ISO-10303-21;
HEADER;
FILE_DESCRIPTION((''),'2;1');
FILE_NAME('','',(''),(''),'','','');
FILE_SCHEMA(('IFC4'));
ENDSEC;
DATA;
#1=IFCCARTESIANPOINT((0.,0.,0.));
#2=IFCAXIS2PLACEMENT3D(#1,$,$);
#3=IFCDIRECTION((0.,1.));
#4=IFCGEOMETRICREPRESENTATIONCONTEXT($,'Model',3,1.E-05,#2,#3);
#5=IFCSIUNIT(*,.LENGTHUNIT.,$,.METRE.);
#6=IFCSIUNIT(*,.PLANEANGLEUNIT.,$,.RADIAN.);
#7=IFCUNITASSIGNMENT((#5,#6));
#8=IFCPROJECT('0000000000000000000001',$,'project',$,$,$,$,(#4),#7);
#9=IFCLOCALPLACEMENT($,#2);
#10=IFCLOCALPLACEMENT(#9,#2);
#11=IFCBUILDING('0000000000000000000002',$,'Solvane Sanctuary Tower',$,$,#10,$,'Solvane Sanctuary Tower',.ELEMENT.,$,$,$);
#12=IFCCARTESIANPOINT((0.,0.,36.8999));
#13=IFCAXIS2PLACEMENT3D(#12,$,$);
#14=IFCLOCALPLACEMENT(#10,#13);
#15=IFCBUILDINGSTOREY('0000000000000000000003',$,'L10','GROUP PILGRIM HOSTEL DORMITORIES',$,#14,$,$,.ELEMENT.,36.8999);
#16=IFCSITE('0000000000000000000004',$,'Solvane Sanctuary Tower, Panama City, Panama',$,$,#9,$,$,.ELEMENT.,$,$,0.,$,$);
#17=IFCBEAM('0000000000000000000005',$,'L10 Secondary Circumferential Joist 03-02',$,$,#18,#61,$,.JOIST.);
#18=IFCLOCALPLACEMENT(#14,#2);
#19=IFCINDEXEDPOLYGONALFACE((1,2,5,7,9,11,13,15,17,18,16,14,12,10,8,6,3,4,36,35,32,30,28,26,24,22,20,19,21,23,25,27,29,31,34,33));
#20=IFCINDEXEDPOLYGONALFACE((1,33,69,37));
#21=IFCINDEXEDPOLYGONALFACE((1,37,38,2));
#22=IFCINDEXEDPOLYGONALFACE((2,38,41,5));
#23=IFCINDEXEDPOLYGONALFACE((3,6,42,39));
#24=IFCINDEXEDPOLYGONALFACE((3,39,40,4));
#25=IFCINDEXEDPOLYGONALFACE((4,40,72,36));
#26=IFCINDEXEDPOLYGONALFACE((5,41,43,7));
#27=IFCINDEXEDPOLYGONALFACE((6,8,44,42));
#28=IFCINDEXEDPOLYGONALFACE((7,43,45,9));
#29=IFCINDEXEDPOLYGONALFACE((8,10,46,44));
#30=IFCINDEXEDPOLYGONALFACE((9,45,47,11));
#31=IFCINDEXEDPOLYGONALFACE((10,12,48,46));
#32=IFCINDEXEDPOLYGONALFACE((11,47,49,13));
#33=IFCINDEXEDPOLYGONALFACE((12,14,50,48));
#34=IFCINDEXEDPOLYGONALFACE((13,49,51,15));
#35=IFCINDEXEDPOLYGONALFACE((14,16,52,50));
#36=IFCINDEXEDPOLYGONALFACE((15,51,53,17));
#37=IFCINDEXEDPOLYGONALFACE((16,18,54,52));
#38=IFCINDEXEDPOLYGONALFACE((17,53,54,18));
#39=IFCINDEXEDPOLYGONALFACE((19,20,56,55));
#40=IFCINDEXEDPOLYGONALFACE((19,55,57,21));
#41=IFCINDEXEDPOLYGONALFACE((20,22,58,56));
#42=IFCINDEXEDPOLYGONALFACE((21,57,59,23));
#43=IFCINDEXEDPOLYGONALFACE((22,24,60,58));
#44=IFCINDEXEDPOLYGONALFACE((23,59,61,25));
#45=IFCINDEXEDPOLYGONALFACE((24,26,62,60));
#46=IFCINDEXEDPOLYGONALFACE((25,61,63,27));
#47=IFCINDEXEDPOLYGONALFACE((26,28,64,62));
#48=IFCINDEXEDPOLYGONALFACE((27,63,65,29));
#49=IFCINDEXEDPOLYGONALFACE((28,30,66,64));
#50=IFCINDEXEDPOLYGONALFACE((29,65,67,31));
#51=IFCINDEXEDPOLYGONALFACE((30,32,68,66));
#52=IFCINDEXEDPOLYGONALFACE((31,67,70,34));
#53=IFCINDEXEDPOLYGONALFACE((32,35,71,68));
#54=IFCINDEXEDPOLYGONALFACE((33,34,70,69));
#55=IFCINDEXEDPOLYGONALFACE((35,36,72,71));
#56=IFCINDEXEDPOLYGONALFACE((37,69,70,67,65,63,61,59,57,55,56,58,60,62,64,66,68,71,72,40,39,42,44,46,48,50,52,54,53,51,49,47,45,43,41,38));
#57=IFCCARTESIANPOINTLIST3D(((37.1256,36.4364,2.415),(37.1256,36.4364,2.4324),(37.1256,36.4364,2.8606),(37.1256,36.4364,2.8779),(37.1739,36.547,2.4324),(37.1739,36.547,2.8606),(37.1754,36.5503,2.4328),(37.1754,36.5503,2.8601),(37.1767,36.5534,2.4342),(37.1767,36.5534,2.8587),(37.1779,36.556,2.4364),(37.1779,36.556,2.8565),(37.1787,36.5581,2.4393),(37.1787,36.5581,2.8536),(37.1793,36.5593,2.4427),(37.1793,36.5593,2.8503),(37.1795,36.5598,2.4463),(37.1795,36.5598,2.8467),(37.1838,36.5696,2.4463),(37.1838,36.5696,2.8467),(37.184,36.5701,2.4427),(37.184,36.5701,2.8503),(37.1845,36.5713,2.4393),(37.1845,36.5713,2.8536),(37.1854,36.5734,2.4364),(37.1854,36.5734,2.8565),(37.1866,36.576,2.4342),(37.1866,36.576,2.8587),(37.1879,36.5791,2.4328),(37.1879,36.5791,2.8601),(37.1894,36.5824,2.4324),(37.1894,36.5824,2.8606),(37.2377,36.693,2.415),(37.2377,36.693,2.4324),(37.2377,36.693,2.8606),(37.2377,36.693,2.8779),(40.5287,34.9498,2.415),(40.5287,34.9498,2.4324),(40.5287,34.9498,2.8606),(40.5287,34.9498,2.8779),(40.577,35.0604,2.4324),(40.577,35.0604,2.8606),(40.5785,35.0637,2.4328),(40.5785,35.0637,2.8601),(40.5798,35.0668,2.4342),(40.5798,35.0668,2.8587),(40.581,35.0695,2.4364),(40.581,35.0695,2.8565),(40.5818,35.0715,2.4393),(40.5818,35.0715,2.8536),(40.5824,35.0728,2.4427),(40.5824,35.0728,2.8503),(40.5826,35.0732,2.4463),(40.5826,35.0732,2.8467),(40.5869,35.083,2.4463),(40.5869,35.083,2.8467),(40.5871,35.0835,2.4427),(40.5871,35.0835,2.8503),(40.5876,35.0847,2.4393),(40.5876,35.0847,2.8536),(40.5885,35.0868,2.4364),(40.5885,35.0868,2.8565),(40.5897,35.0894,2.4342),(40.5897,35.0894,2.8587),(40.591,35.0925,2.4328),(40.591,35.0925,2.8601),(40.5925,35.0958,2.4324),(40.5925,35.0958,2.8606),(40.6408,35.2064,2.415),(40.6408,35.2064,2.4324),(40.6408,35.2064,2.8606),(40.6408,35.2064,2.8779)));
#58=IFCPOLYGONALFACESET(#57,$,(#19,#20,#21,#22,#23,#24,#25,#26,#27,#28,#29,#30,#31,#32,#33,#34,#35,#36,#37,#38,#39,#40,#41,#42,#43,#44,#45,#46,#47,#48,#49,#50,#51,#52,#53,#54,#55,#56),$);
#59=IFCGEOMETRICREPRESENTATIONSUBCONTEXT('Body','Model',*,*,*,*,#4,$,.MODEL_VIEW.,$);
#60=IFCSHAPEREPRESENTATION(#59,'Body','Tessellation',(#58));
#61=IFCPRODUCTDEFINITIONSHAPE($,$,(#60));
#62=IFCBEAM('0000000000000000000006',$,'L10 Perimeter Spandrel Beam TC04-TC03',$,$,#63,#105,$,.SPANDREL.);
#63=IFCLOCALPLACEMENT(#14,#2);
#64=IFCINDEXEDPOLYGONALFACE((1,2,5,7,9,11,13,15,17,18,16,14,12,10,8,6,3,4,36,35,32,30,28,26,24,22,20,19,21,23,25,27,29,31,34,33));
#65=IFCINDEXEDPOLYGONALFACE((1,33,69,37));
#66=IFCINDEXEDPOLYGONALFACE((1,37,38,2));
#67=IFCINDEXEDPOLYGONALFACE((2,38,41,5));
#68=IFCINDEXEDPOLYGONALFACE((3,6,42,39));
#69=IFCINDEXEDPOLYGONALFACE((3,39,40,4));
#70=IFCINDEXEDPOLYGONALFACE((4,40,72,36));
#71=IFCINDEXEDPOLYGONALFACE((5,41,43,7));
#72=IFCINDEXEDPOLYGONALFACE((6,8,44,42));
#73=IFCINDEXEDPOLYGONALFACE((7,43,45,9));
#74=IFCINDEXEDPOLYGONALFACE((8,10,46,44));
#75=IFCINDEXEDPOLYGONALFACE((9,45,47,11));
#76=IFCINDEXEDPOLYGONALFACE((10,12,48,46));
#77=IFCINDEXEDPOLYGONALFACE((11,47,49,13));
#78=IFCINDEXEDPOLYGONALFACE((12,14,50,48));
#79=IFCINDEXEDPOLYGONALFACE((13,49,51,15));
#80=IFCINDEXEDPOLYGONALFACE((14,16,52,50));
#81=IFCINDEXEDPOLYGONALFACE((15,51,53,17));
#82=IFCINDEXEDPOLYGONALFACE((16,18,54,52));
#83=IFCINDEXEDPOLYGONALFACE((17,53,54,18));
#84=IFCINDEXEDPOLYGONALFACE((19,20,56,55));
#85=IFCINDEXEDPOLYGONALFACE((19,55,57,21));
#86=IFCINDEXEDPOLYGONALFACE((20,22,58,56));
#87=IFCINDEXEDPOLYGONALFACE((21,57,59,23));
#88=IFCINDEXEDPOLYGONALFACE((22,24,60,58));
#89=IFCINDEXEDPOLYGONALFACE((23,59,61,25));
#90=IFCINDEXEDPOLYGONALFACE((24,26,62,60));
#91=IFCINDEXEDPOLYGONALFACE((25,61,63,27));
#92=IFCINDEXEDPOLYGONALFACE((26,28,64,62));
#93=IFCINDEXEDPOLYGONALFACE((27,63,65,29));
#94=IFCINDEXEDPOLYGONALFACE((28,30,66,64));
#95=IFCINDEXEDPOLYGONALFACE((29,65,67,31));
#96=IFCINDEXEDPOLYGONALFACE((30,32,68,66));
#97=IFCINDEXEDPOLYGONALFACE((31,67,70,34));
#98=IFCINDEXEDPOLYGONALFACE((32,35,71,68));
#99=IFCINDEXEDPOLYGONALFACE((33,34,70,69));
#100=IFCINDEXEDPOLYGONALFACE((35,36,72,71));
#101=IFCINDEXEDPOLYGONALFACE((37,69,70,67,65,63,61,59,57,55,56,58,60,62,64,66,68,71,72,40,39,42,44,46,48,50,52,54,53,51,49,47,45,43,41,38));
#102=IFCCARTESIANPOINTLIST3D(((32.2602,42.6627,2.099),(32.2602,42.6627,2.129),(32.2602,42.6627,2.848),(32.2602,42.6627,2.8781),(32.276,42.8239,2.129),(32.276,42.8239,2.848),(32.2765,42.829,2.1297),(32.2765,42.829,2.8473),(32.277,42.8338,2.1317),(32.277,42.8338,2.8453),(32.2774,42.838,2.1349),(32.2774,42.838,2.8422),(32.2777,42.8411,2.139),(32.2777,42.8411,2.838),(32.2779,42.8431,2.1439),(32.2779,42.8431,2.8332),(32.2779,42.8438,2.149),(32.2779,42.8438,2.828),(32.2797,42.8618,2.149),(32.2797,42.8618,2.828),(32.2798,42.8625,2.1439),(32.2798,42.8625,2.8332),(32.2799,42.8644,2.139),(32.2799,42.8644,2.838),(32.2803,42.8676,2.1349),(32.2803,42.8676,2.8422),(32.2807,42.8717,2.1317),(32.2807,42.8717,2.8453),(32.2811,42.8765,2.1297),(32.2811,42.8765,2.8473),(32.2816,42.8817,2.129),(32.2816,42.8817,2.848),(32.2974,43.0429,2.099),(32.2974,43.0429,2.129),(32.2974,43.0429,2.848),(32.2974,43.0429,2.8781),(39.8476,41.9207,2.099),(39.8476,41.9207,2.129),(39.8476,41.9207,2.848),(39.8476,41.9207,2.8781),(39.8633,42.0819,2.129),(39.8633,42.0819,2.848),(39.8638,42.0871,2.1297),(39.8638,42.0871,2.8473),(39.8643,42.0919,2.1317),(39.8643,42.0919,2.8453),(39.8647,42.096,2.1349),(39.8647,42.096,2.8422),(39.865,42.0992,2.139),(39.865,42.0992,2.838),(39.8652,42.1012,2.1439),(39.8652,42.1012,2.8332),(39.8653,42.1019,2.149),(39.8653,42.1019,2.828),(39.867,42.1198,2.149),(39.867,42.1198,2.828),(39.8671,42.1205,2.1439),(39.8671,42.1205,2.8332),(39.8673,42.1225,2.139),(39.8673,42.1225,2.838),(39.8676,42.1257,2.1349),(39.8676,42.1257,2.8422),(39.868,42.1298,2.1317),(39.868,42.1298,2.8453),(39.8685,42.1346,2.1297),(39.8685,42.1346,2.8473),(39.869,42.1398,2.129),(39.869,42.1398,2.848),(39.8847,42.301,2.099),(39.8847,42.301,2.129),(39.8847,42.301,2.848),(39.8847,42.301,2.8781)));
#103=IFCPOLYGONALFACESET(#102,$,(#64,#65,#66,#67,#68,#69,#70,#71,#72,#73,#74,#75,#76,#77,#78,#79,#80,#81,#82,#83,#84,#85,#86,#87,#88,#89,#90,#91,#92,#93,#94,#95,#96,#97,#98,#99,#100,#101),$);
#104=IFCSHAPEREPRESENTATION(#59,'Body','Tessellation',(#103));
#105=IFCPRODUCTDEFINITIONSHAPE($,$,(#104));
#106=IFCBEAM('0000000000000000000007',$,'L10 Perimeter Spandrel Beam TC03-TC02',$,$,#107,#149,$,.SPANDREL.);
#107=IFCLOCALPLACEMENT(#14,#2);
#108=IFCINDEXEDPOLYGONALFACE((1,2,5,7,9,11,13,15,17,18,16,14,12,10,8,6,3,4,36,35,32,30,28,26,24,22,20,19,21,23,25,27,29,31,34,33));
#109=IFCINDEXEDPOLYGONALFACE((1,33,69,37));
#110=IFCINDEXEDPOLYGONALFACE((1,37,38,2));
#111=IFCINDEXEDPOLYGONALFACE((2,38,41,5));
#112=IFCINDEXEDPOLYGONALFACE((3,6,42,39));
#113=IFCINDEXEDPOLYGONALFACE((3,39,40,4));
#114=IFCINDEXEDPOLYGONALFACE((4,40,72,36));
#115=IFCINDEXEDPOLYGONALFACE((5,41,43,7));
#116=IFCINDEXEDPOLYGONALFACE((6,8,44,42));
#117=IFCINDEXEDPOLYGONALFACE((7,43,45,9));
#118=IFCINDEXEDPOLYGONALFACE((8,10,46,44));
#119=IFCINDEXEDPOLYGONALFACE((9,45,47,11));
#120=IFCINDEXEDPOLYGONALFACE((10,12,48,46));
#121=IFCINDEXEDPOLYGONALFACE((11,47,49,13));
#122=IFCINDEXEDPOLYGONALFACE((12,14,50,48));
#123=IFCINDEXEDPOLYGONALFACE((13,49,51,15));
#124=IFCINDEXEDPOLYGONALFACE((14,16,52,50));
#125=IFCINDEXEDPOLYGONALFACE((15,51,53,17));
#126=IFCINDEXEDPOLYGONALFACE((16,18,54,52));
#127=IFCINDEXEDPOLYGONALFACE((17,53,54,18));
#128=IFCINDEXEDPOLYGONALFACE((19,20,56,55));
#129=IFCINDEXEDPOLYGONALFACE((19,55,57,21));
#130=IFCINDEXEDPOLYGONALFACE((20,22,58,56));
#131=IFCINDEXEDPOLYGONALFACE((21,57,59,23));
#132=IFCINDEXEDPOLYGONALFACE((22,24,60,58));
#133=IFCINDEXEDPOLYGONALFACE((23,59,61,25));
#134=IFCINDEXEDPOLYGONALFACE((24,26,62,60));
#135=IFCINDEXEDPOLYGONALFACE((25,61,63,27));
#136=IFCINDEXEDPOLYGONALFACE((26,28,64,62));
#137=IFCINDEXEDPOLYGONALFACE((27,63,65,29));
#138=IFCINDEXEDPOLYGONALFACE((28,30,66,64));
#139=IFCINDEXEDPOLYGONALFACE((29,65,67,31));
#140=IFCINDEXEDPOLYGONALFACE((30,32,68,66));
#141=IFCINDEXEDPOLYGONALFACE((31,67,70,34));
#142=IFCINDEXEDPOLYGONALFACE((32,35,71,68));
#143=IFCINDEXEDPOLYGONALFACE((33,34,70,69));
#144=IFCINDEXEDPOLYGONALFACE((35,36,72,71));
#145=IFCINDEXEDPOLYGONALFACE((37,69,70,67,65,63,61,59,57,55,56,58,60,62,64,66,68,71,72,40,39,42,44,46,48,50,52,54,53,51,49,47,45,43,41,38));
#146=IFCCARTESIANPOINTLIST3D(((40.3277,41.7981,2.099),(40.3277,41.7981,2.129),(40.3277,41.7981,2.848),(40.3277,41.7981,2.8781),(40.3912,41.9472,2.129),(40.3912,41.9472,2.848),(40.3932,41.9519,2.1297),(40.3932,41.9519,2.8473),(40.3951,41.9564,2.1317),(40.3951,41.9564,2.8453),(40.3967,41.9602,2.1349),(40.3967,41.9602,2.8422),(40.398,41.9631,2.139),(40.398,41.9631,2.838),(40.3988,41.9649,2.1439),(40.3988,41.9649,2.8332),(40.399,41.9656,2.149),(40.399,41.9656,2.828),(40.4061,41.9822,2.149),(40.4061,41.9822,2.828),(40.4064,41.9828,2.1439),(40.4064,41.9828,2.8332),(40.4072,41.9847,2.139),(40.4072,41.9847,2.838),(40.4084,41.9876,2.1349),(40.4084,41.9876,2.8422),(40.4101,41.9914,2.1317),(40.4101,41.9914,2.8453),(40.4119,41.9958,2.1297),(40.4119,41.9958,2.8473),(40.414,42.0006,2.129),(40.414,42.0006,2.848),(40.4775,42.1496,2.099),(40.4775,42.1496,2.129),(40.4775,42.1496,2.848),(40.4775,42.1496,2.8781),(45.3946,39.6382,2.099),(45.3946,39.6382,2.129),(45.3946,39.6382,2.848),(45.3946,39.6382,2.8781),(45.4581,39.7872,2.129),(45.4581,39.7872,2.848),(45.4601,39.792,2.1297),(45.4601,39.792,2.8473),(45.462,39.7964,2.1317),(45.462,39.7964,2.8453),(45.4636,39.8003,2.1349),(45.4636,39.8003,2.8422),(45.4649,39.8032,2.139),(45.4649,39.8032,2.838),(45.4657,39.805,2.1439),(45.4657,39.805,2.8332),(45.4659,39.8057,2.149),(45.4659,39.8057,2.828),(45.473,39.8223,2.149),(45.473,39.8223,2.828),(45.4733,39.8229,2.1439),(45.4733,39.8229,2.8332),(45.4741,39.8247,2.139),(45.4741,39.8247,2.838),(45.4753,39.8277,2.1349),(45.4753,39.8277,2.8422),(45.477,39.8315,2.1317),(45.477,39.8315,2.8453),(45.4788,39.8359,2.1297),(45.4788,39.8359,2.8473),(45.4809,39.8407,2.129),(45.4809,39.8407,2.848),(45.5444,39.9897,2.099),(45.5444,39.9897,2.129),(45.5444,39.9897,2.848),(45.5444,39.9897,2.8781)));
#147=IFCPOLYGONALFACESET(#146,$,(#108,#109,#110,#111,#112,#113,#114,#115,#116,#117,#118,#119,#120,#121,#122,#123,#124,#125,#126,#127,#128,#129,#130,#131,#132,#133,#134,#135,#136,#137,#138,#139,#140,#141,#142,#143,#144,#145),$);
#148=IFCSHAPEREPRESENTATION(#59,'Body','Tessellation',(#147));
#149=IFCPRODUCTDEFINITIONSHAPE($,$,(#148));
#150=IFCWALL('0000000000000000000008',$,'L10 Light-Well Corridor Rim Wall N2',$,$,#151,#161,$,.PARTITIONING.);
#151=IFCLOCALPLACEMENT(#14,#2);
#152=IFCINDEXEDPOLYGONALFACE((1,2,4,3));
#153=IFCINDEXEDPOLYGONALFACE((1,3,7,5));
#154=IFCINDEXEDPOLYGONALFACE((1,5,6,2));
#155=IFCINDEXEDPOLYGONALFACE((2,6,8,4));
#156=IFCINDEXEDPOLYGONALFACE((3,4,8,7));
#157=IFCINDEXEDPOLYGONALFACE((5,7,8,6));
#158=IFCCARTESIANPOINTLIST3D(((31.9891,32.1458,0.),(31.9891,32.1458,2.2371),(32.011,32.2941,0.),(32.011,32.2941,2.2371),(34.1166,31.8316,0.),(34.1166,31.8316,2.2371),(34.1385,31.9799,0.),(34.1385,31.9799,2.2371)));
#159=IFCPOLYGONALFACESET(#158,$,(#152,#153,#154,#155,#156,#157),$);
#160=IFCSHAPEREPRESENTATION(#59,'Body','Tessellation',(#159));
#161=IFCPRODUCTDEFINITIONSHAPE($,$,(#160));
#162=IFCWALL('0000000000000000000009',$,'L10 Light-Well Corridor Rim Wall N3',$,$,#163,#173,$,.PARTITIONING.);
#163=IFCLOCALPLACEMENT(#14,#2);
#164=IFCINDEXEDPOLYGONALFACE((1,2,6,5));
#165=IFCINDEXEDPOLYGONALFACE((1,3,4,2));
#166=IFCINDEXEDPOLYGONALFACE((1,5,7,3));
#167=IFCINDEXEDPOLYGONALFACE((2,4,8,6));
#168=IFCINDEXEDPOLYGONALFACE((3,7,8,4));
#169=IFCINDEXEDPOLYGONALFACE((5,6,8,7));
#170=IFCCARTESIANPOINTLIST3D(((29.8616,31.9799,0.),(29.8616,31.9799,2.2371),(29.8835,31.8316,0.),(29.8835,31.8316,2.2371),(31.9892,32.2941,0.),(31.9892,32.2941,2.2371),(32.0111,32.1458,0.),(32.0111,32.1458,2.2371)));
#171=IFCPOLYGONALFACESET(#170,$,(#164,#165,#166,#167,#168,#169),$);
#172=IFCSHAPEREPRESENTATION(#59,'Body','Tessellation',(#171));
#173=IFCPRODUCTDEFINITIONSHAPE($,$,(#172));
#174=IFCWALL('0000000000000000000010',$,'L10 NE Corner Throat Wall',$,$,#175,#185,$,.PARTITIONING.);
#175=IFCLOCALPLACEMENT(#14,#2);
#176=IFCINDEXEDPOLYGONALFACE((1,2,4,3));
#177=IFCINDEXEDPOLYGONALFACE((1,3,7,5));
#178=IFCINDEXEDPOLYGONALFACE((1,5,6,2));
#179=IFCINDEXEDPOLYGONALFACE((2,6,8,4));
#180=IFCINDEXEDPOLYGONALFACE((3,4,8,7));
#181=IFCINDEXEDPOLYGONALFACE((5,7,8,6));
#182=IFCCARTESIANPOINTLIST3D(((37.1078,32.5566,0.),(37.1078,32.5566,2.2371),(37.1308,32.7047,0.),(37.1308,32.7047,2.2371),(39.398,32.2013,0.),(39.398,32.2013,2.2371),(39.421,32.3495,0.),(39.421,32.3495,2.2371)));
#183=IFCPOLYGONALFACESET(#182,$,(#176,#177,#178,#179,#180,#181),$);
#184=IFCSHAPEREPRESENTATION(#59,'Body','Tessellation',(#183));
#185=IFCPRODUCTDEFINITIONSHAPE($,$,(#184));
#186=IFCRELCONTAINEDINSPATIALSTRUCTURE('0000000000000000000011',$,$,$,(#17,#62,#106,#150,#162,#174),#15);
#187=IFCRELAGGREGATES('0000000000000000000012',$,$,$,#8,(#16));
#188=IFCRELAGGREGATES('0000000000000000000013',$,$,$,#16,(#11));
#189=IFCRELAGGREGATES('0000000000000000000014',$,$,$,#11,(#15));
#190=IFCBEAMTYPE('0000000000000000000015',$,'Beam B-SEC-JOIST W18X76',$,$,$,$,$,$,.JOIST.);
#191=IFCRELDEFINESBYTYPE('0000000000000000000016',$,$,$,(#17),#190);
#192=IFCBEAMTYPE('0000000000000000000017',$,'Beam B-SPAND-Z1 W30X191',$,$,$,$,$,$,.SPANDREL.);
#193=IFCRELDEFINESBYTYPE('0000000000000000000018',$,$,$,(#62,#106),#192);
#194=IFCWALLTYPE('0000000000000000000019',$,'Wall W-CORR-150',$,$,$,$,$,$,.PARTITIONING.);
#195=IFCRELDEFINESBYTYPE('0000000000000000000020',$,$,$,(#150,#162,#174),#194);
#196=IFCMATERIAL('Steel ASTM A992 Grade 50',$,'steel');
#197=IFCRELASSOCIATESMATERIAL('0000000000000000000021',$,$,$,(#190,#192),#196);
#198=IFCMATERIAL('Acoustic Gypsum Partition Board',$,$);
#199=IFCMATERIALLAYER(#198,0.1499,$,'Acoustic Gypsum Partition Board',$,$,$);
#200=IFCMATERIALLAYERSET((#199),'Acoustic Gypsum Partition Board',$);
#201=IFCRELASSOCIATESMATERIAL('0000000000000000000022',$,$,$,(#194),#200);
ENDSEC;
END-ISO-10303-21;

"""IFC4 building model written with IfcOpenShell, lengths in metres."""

from ifc_helpers import new_model, si_unit, direction, frame, frame_2d, origin, origin_2d, place, context, subcontext, project, spatial, rectangle, i_section, extrude, material, layer, layer_set, material_profile, profile_set, type_object, element, save


model = new_model("IFC4")

# Units and contexts
model_context = context("Model", 3, precision=1e-05, world=origin(), true_north=direction((0.0, 1.0)))
body_context = subcontext(model_context, "Body", "Model", "MODEL_VIEW")
ifc_project = project(units=[si_unit("LENGTHUNIT", "METRE"), si_unit("PLANEANGLEUNIT", "RADIAN")], contexts=[model_context])

# Site, building, storey
site_placement = place(None, origin())
site = spatial("IfcSite", under=ifc_project, at=site_placement, Name="Solvane Sanctuary Tower, Panama City, Panama", CompositionType="ELEMENT", RefElevation=0.0)
building_placement = place(site_placement, origin())
building = spatial("IfcBuilding", under=site, at=building_placement, Name="Solvane Sanctuary Tower", LongName="Solvane Sanctuary Tower", CompositionType="ELEMENT")
storey_placement = place(building_placement, frame((0.0, 0.0, 36.8999)))
storey = spatial("IfcBuildingStorey", under=building, at=storey_placement, Name="L10", Description="GROUP PILGRIM HOSTEL DORMITORIES", CompositionType="ELEMENT", Elevation=36.8999)

# Beams
ifc_material_1 = material(Name="Steel ASTM A992 Grade 50", Category="steel")
ifc_material_profile_1 = material_profile(ifc_material_1, i_section(OverallWidth=0.28, OverallDepth=0.4629, WebThickness=0.0107, FlangeThickness=0.0173, FilletRadius=0.0139, at=origin_2d()), Name="W18X76")
ifc_profile_set_1 = profile_set([ifc_material_profile_1], Name="Steel ASTM A992 Grade 50")
beam_type_1 = type_object("IfcBeamType", Name="Beam B-SEC-JOIST W18X76", PredefinedType="JOIST", material=ifc_profile_set_1)
beam_1_placement = place(storey_placement, frame((37.1816, 36.5647, 2.6465), z_axis=(0.916382, -0.400305, 0.0), x_axis=(0.400305, 0.916382, 0.0)))
element("IfcBeam", 1, at=beam_1_placement, inside=storey, type_object=beam_type_1, Name="L10 Secondary Circumferential Joist 03-02", PredefinedType="JOIST", context=body_context, shape_type="SweptSolid", body=[
    extrude(i_section(OverallWidth=0.28, OverallDepth=0.4629, WebThickness=0.0107, FlangeThickness=0.0173, FilletRadius=0.0139, at=origin_2d()), origin(), (0.0, 0.0, 1.0), 3.7136),
])
ifc_material_profile_2 = material_profile(ifc_material_1, i_section(OverallWidth=0.3821, OverallDepth=0.7791, WebThickness=0.0181, FlangeThickness=0.03, FilletRadius=0.02, at=origin_2d()), Name="W30X191")
ifc_profile_set_2 = profile_set([ifc_material_profile_2], Name="Steel ASTM A992 Grade 50")
beam_type_2 = type_object("IfcBeamType", Name="Beam B-SPAND-Z1 W30X191", PredefinedType="SPANDREL", material=ifc_profile_set_2)
beam_2_placement = place(storey_placement, frame((32.2788, 42.8528, 2.4885), z_axis=(0.995253, -0.097322, 0.0), x_axis=(0.097322, 0.995253, 0.0)))
element("IfcBeam", 2, at=beam_2_placement, inside=storey, type_object=beam_type_2, Name="L10 Perimeter Spandrel Beam TC04-TC03", PredefinedType="SPANDREL", context=body_context, shape_type="SweptSolid", body=[
    extrude(i_section(OverallWidth=0.3821, OverallDepth=0.7791, WebThickness=0.0181, FlangeThickness=0.03, FilletRadius=0.02, at=origin_2d()), origin(), (0.0, 0.0, 1.0), 7.6235),
])
beam_3_placement = place(storey_placement, frame((40.4026, 41.9739, 2.4885), z_axis=(0.919907, -0.392137, 0.0), x_axis=(0.392137, 0.919907, 0.0)))
element("IfcBeam", 3, at=beam_3_placement, inside=storey, type_object=beam_type_2, Name="L10 Perimeter Spandrel Beam TC03-TC02", PredefinedType="SPANDREL", context=body_context, shape_type="SweptSolid", body=[
    extrude(i_section(OverallWidth=0.3821, OverallDepth=0.7791, WebThickness=0.0181, FlangeThickness=0.03, FilletRadius=0.02, at=origin_2d()), origin(), (0.0, 0.0, 1.0), 5.5081),
])

# Walls
ifc_material_2 = material(Name="Acoustic Gypsum Partition Board")
ifc_layer_1 = layer(ifc_material_2, 0.1499, Name="Acoustic Gypsum Partition Board")
ifc_layer_set_1 = layer_set([ifc_layer_1], Name="Acoustic Gypsum Partition Board")
wall_type_1 = type_object("IfcWallType", Name="Wall W-CORR-150", PredefinedType="PARTITIONING", material=ifc_layer_set_1)
for number, where, z_axis, x_axis, name in (
    (4, (34.1274, 31.9058, 0.0), (0.0, 0.0, 1.0), (-0.989269, 0.146108, 0.0), "L10 Light-Well Corridor Rim Wall N2"),
    (5, (32.0, 32.22, 0.0), (0.0, 0.0, 1.0), (-0.989269, -0.146108, 0.0), "L10 Light-Well Corridor Rim Wall N3"),
):
    element("IfcWall", number, at=place(storey_placement, frame(where, z_axis=z_axis, x_axis=x_axis)), inside=storey, type_object=wall_type_1, Name=name, PredefinedType="PARTITIONING", context=body_context, shape_type="SweptSolid", body=[
        extrude(rectangle(XDim=2.1506, YDim=0.1499, at=frame_2d((1.0752, 0.0))), origin(), (0.0, 0.0, 1.0), 2.2371),
    ])
wall_1_placement = place(storey_placement, frame((37.1194, 32.6306, 0.0), z_axis=(0.0, 0.0, 1.0), x_axis=(0.988185, -0.153268, 0.0)))
element("IfcWall", 6, at=wall_1_placement, inside=storey, type_object=wall_type_1, Name="L10 NE Corner Throat Wall", PredefinedType="PARTITIONING", context=body_context, shape_type="SweptSolid", body=[
    extrude(rectangle(XDim=2.3176, YDim=0.1499, at=frame_2d((1.1587, 0.0))), origin(), (0.0, 0.0, 1.0), 2.2371),
])

save(model, "model.ifc")
